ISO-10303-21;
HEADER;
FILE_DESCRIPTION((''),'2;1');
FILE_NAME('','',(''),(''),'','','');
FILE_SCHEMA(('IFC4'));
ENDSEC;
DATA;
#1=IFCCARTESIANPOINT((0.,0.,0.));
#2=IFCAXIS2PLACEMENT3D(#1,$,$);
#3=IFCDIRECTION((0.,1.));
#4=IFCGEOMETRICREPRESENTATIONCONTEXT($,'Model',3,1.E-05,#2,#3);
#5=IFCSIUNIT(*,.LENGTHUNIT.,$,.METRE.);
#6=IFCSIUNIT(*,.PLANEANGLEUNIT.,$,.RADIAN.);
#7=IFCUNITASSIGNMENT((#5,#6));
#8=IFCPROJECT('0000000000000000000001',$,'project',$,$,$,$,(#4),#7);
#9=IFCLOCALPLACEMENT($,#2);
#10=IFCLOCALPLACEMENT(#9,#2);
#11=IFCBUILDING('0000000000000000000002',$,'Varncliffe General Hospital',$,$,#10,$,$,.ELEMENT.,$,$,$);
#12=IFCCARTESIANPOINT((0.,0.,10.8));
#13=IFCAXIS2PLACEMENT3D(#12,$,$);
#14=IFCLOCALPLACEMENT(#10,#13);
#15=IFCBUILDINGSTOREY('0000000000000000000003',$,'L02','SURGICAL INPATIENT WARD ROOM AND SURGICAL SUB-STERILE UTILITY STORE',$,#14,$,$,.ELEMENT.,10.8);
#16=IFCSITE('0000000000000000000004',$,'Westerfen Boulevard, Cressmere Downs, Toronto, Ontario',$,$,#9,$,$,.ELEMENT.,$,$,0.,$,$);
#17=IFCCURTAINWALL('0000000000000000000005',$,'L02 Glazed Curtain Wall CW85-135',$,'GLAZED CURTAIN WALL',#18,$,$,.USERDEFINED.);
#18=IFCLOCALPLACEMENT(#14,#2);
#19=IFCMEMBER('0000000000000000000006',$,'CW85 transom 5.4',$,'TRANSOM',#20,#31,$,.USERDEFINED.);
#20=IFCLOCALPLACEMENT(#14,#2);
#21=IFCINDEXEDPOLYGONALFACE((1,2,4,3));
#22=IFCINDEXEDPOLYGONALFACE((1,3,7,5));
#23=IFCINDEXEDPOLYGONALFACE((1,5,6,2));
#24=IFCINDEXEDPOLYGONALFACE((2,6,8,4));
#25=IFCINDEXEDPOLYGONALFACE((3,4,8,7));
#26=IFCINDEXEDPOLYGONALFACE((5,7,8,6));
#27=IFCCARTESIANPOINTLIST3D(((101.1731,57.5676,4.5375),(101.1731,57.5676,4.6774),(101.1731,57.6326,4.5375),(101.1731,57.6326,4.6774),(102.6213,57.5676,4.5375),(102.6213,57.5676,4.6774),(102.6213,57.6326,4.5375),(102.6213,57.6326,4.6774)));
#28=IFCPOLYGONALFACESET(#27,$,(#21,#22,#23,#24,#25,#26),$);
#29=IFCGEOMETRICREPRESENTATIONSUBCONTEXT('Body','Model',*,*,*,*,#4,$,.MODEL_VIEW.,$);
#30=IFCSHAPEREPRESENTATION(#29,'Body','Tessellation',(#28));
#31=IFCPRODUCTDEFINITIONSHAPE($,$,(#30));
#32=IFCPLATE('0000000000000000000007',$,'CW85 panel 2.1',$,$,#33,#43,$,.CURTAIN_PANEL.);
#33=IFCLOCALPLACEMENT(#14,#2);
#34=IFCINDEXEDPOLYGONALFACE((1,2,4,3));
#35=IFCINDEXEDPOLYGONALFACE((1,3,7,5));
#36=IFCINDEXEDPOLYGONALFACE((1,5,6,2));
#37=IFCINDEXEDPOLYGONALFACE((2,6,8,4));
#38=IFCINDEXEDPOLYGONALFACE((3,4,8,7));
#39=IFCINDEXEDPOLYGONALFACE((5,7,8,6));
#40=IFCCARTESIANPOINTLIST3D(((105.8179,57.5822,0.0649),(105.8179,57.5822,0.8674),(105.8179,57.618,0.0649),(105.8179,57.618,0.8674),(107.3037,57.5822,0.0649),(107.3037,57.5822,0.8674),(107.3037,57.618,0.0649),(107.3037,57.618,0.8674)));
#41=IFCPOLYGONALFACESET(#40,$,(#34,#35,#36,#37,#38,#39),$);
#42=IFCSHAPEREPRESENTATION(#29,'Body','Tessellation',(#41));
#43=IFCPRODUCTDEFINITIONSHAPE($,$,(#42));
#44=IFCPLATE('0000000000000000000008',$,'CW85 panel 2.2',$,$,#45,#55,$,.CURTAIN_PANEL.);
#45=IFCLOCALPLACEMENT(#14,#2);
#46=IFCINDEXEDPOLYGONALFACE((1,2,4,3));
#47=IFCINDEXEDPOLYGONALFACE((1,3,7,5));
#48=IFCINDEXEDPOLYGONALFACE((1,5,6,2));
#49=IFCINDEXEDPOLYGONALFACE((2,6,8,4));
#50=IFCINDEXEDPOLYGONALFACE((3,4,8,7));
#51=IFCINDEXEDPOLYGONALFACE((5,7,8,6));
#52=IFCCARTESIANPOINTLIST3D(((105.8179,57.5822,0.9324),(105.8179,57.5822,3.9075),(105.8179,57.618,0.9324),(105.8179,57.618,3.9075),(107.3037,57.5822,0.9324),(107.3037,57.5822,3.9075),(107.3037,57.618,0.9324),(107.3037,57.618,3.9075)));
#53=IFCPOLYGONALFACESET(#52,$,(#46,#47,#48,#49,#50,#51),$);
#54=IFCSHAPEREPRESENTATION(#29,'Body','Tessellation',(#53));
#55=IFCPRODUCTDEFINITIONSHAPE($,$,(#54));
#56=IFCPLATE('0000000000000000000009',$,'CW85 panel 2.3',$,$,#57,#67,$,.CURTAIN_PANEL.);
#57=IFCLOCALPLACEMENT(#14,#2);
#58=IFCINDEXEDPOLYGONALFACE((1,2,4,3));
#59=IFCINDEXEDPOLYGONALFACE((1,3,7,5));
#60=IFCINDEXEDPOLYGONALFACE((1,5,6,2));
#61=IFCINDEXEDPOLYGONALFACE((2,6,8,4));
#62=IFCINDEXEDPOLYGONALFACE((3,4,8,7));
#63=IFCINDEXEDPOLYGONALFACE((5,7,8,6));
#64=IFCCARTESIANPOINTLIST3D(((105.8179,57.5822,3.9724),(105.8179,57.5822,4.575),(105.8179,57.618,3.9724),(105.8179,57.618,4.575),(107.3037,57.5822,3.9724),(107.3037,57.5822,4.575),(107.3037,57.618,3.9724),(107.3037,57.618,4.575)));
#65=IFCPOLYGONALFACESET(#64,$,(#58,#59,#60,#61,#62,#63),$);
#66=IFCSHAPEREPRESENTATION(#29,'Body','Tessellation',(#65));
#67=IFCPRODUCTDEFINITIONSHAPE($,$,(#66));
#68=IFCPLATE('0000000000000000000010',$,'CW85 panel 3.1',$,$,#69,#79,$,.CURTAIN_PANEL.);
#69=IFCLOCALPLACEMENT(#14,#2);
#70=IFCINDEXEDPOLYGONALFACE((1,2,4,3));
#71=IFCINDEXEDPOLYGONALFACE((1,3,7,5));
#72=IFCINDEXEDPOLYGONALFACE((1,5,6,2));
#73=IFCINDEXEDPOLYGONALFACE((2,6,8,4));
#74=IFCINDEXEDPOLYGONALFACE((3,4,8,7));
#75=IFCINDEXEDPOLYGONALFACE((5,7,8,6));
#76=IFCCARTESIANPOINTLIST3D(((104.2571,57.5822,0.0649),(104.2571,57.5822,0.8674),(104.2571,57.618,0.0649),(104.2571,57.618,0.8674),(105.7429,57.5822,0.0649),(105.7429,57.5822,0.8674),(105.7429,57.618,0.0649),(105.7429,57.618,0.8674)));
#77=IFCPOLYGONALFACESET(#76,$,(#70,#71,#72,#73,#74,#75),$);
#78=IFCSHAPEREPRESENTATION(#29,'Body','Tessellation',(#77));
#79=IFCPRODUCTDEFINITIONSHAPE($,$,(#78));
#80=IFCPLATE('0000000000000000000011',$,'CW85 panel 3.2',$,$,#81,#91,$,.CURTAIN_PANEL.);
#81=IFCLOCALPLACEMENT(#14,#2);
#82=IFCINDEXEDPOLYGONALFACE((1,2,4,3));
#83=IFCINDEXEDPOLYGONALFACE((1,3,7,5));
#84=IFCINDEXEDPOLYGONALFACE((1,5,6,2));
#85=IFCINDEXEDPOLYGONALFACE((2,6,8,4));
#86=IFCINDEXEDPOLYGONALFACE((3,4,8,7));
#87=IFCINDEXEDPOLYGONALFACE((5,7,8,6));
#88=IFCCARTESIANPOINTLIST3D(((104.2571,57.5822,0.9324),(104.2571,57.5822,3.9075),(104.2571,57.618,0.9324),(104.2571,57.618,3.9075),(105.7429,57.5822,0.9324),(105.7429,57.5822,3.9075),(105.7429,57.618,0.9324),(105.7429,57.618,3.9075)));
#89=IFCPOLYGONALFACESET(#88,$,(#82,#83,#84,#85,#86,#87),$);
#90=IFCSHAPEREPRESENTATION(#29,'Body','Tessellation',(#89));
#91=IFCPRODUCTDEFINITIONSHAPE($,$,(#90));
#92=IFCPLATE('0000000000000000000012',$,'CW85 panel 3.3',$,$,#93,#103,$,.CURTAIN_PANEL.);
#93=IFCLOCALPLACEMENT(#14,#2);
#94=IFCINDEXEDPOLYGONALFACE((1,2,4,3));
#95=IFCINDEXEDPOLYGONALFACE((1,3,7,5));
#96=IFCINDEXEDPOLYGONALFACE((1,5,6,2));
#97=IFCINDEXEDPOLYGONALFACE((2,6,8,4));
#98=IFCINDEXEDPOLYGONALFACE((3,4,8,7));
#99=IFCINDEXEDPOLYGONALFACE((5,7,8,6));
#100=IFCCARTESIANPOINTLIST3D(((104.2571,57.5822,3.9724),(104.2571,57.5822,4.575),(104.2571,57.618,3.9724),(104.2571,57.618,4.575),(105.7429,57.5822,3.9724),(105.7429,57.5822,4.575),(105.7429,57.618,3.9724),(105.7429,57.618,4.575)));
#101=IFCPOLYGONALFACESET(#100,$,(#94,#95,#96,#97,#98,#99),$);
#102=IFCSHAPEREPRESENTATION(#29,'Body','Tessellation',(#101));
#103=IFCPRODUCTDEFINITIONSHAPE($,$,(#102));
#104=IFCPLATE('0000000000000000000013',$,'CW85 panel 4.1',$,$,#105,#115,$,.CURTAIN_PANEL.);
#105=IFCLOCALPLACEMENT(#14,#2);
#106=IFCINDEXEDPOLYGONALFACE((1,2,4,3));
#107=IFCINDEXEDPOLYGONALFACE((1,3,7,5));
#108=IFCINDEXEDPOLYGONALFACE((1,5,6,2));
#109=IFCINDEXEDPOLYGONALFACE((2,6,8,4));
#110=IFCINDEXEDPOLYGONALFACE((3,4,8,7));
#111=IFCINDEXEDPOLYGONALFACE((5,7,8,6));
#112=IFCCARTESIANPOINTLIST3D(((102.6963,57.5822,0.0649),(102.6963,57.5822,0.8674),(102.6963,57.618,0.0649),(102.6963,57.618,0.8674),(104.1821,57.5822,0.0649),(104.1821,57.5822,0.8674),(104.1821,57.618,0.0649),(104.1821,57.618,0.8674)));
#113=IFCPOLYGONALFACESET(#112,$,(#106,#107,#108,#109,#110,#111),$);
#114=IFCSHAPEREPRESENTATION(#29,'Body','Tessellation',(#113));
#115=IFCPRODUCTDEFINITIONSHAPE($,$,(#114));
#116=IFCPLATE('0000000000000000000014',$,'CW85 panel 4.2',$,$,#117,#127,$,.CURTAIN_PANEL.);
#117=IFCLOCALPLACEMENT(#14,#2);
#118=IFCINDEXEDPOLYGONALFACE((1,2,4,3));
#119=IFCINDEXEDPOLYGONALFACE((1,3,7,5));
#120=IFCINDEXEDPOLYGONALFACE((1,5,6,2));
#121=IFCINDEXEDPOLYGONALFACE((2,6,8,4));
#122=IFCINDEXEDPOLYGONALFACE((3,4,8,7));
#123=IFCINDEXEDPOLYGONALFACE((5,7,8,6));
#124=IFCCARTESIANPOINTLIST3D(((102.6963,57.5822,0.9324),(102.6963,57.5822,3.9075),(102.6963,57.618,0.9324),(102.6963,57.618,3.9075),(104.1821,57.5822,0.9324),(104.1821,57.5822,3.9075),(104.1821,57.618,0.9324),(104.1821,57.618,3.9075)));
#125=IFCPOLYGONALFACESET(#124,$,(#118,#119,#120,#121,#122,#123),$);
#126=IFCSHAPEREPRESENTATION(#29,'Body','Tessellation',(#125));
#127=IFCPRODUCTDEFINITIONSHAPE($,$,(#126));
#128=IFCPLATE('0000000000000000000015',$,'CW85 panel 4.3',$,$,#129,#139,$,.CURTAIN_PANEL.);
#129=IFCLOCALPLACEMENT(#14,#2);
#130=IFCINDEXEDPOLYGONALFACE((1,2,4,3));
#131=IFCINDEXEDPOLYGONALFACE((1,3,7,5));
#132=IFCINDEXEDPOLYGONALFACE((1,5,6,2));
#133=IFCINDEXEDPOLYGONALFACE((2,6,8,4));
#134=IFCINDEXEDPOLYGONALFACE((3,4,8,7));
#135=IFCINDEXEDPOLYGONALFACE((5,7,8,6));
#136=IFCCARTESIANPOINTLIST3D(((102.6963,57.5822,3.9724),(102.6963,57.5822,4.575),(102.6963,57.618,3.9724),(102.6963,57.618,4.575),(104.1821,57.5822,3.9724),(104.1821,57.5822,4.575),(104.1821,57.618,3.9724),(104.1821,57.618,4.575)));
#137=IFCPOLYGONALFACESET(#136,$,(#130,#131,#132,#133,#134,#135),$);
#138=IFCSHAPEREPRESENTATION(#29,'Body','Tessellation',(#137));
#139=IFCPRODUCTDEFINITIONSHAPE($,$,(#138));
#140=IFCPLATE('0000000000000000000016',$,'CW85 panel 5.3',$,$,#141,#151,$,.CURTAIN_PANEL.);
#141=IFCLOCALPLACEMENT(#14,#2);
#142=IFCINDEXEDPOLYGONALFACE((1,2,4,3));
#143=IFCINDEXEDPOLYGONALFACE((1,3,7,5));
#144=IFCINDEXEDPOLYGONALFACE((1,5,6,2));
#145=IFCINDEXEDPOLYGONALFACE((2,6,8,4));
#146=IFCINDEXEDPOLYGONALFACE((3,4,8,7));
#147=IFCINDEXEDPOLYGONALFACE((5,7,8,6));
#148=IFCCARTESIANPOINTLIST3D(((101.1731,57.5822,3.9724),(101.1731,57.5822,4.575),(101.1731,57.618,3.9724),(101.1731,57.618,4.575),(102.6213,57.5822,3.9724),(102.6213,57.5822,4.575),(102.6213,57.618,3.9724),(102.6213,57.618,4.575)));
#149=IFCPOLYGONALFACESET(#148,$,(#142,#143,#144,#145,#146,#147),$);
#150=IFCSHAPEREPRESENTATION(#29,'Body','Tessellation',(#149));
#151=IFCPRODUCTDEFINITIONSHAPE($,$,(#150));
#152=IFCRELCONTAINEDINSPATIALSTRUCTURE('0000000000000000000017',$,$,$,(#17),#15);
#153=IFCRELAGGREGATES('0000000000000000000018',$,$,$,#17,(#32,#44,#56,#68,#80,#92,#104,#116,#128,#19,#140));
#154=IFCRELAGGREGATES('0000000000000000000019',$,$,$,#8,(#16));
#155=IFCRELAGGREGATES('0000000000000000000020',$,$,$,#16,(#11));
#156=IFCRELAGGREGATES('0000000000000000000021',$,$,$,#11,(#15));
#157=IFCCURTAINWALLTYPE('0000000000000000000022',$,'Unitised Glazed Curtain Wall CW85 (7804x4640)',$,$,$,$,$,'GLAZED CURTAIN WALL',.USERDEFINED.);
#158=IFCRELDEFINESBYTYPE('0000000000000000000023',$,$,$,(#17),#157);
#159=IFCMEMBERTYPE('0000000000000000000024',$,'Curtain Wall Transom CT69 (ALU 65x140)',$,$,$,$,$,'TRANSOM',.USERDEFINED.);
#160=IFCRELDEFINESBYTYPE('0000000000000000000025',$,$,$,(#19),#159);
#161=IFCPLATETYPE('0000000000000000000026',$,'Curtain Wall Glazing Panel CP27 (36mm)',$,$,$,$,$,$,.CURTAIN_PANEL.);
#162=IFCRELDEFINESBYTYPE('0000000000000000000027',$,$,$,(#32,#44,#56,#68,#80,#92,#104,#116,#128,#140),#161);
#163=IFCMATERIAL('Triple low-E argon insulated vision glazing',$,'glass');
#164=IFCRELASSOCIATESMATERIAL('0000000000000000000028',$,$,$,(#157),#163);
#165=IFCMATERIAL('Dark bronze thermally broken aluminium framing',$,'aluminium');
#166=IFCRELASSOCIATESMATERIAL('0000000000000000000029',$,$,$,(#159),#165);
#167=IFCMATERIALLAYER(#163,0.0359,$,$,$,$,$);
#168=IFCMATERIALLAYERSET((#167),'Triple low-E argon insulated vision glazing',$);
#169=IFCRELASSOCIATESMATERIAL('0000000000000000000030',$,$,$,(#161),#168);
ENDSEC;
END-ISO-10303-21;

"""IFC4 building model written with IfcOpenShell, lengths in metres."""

from ifc_helpers import new_model, si_unit, direction, frame, origin, origin_2d, place, context, subcontext, project, spatial, rectangle, extrude, material, layer, layer_set, material_profile, profile_set, type_object, element, aggregate, save


model = new_model("IFC4")

# Units and contexts
model_context = context("Model", 3, precision=1e-05, world=origin(), true_north=direction((0.0, 1.0)))
body_context = subcontext(model_context, "Body", "Model", "MODEL_VIEW")
ifc_project = project(units=[si_unit("LENGTHUNIT", "METRE"), si_unit("PLANEANGLEUNIT", "RADIAN")], contexts=[model_context])

# Site, building, storey
site_placement = place(None, origin())
site = spatial("IfcSite", under=ifc_project, at=site_placement, Name="Westerfen Boulevard, Cressmere Downs, Toronto, Ontario", CompositionType="ELEMENT", RefElevation=0.0)
building_placement = place(site_placement, origin())
building = spatial("IfcBuilding", under=site, at=building_placement, Name="Varncliffe General Hospital", CompositionType="ELEMENT")
storey_placement = place(building_placement, frame((0.0, 0.0, 10.8)))
storey = spatial("IfcBuildingStorey", under=building, at=storey_placement, Name="L02", Description="SURGICAL INPATIENT WARD ROOM AND SURGICAL SUB-STERILE UTILITY STORE", CompositionType="ELEMENT", Elevation=10.8)

# Curtain wall, member, plates
ifc_material_1 = material(Name="Triple low-E argon insulated vision glazing", Category="glass")
curtain_wall_type = type_object("IfcCurtainWallType", Name="Unitised Glazed Curtain Wall CW85 (7804x4640)", ElementType="GLAZED CURTAIN WALL", PredefinedType="USERDEFINED", material=ifc_material_1)
curtain_wall_placement = place(storey_placement, origin())
curtain_wall = element("IfcCurtainWall", 1, at=curtain_wall_placement, inside=storey, type_object=curtain_wall_type, Name="L02 Glazed Curtain Wall CW85-135", ObjectType="GLAZED CURTAIN WALL", PredefinedType="USERDEFINED")
ifc_material_2 = material(Name="Dark bronze thermally broken aluminium framing", Category="aluminium")
ifc_material_profile_1 = material_profile(ifc_material_2, rectangle(XDim=0.0649, YDim=0.1399, at=origin_2d()), Name="ALU 65x140")
ifc_profile_set_1 = profile_set([ifc_material_profile_1], Name="Dark bronze thermally broken aluminium framing")
member_type_1 = type_object("IfcMemberType", Name="Curtain Wall Transom CT69 (ALU 65x140)", ElementType="TRANSOM", PredefinedType="USERDEFINED", material=ifc_profile_set_1)
member_1_placement = place(storey_placement, frame((102.6213, 57.6001, 4.6074), z_axis=(-1.0, 0.0, 0.0), x_axis=(0.0, -1.0, 0.0)))
member_1 = element("IfcMember", 2, at=member_1_placement, type_object=member_type_1, Name="CW85 transom 5.4", ObjectType="TRANSOM", PredefinedType="USERDEFINED", context=body_context, shape_type="SweptSolid", body=[
    extrude(rectangle(XDim=0.0649, YDim=0.1399, at=origin_2d()), origin(), (0.0, 0.0, 1.0), 1.4482),
])
ifc_layer = layer(ifc_material_1, 0.0359)
ifc_layer_set = layer_set([ifc_layer], Name="Triple low-E argon insulated vision glazing")
plate_type = type_object("IfcPlateType", Name="Curtain Wall Glazing Panel CP27 (36mm)", PredefinedType="CURTAIN_PANEL", material=ifc_layer_set)
plate_1_placement = place(storey_placement, frame((106.5608, 57.6001, 0.0649), z_axis=(0.0, 0.0, 1.0), x_axis=(-1.0, 0.0, 0.0)))
plate_1 = element("IfcPlate", 3, at=plate_1_placement, type_object=plate_type, Name="CW85 panel 2.1", PredefinedType="CURTAIN_PANEL", context=body_context, shape_type="SweptSolid", body=[
    extrude(rectangle(XDim=1.4858, YDim=0.0359, at=origin_2d()), origin(), (0.0, 0.0, 1.0), 0.8025),
])
plate_2_placement = place(storey_placement, frame((106.5608, 57.6001, 0.9324), z_axis=(0.0, 0.0, 1.0), x_axis=(-1.0, 0.0, 0.0)))
plate_2 = element("IfcPlate", 4, at=plate_2_placement, type_object=plate_type, Name="CW85 panel 2.2", PredefinedType="CURTAIN_PANEL", context=body_context, shape_type="SweptSolid", body=[
    extrude(rectangle(XDim=1.4858, YDim=0.0359, at=origin_2d()), origin(), (0.0, 0.0, 1.0), 2.9751),
])
plate_3_placement = place(storey_placement, frame((106.5608, 57.6001, 3.9724), z_axis=(0.0, 0.0, 1.0), x_axis=(-1.0, 0.0, 0.0)))
plate_3 = element("IfcPlate", 5, at=plate_3_placement, type_object=plate_type, Name="CW85 panel 2.3", PredefinedType="CURTAIN_PANEL", context=body_context, shape_type="SweptSolid", body=[
    extrude(rectangle(XDim=1.4858, YDim=0.0359, at=origin_2d()), origin(), (0.0, 0.0, 1.0), 0.6025),
])
plate_4_placement = place(storey_placement, frame((105.0, 57.6001, 0.0649), z_axis=(0.0, 0.0, 1.0), x_axis=(-1.0, 0.0, 0.0)))
plate_4 = element("IfcPlate", 6, at=plate_4_placement, type_object=plate_type, Name="CW85 panel 3.1", PredefinedType="CURTAIN_PANEL", context=body_context, shape_type="SweptSolid", body=[
    extrude(rectangle(XDim=1.4858, YDim=0.0359, at=origin_2d()), origin(), (0.0, 0.0, 1.0), 0.8025),
])
plate_5_placement = place(storey_placement, frame((105.0, 57.6001, 0.9324), z_axis=(0.0, 0.0, 1.0), x_axis=(-1.0, 0.0, 0.0)))
plate_5 = element("IfcPlate", 7, at=plate_5_placement, type_object=plate_type, Name="CW85 panel 3.2", PredefinedType="CURTAIN_PANEL", context=body_context, shape_type="SweptSolid", body=[
    extrude(rectangle(XDim=1.4858, YDim=0.0359, at=origin_2d()), origin(), (0.0, 0.0, 1.0), 2.9751),
])
plate_6_placement = place(storey_placement, frame((105.0, 57.6001, 3.9724), z_axis=(0.0, 0.0, 1.0), x_axis=(-1.0, 0.0, 0.0)))
plate_6 = element("IfcPlate", 8, at=plate_6_placement, type_object=plate_type, Name="CW85 panel 3.3", PredefinedType="CURTAIN_PANEL", context=body_context, shape_type="SweptSolid", body=[
    extrude(rectangle(XDim=1.4858, YDim=0.0359, at=origin_2d()), origin(), (0.0, 0.0, 1.0), 0.6025),
])
plate_7_placement = place(storey_placement, frame((103.4392, 57.6001, 0.0649), z_axis=(0.0, 0.0, 1.0), x_axis=(-1.0, 0.0, 0.0)))
plate_7 = element("IfcPlate", 9, at=plate_7_placement, type_object=plate_type, Name="CW85 panel 4.1", PredefinedType="CURTAIN_PANEL", context=body_context, shape_type="SweptSolid", body=[
    extrude(rectangle(XDim=1.4858, YDim=0.0359, at=origin_2d()), origin(), (0.0, 0.0, 1.0), 0.8025),
])
plate_8_placement = place(storey_placement, frame((103.4392, 57.6001, 0.9324), z_axis=(0.0, 0.0, 1.0), x_axis=(-1.0, 0.0, 0.0)))
plate_8 = element("IfcPlate", 10, at=plate_8_placement, type_object=plate_type, Name="CW85 panel 4.2", PredefinedType="CURTAIN_PANEL", context=body_context, shape_type="SweptSolid", body=[
    extrude(rectangle(XDim=1.4858, YDim=0.0359, at=origin_2d()), origin(), (0.0, 0.0, 1.0), 2.9751),
])
plate_9_placement = place(storey_placement, frame((103.4392, 57.6001, 3.9724), z_axis=(0.0, 0.0, 1.0), x_axis=(-1.0, 0.0, 0.0)))
plate_9 = element("IfcPlate", 11, at=plate_9_placement, type_object=plate_type, Name="CW85 panel 4.3", PredefinedType="CURTAIN_PANEL", context=body_context, shape_type="SweptSolid", body=[
    extrude(rectangle(XDim=1.4858, YDim=0.0359, at=origin_2d()), origin(), (0.0, 0.0, 1.0), 0.6025),
])
plate_10_placement = place(storey_placement, frame((101.8972, 57.6001, 3.9724), z_axis=(0.0, 0.0, 1.0), x_axis=(-1.0, 0.0, 0.0)))
plate_10 = element("IfcPlate", 12, at=plate_10_placement, type_object=plate_type, Name="CW85 panel 5.3", PredefinedType="CURTAIN_PANEL", context=body_context, shape_type="SweptSolid", body=[
    extrude(rectangle(XDim=1.4482, YDim=0.0359, at=origin_2d()), origin(), (0.0, 0.0, 1.0), 0.6025),
])
aggregate(curtain_wall, [plate_1, plate_2, plate_3, plate_4, plate_5, plate_6, plate_7, plate_8, plate_9, member_1, plate_10])

save(model, "model.ifc")
